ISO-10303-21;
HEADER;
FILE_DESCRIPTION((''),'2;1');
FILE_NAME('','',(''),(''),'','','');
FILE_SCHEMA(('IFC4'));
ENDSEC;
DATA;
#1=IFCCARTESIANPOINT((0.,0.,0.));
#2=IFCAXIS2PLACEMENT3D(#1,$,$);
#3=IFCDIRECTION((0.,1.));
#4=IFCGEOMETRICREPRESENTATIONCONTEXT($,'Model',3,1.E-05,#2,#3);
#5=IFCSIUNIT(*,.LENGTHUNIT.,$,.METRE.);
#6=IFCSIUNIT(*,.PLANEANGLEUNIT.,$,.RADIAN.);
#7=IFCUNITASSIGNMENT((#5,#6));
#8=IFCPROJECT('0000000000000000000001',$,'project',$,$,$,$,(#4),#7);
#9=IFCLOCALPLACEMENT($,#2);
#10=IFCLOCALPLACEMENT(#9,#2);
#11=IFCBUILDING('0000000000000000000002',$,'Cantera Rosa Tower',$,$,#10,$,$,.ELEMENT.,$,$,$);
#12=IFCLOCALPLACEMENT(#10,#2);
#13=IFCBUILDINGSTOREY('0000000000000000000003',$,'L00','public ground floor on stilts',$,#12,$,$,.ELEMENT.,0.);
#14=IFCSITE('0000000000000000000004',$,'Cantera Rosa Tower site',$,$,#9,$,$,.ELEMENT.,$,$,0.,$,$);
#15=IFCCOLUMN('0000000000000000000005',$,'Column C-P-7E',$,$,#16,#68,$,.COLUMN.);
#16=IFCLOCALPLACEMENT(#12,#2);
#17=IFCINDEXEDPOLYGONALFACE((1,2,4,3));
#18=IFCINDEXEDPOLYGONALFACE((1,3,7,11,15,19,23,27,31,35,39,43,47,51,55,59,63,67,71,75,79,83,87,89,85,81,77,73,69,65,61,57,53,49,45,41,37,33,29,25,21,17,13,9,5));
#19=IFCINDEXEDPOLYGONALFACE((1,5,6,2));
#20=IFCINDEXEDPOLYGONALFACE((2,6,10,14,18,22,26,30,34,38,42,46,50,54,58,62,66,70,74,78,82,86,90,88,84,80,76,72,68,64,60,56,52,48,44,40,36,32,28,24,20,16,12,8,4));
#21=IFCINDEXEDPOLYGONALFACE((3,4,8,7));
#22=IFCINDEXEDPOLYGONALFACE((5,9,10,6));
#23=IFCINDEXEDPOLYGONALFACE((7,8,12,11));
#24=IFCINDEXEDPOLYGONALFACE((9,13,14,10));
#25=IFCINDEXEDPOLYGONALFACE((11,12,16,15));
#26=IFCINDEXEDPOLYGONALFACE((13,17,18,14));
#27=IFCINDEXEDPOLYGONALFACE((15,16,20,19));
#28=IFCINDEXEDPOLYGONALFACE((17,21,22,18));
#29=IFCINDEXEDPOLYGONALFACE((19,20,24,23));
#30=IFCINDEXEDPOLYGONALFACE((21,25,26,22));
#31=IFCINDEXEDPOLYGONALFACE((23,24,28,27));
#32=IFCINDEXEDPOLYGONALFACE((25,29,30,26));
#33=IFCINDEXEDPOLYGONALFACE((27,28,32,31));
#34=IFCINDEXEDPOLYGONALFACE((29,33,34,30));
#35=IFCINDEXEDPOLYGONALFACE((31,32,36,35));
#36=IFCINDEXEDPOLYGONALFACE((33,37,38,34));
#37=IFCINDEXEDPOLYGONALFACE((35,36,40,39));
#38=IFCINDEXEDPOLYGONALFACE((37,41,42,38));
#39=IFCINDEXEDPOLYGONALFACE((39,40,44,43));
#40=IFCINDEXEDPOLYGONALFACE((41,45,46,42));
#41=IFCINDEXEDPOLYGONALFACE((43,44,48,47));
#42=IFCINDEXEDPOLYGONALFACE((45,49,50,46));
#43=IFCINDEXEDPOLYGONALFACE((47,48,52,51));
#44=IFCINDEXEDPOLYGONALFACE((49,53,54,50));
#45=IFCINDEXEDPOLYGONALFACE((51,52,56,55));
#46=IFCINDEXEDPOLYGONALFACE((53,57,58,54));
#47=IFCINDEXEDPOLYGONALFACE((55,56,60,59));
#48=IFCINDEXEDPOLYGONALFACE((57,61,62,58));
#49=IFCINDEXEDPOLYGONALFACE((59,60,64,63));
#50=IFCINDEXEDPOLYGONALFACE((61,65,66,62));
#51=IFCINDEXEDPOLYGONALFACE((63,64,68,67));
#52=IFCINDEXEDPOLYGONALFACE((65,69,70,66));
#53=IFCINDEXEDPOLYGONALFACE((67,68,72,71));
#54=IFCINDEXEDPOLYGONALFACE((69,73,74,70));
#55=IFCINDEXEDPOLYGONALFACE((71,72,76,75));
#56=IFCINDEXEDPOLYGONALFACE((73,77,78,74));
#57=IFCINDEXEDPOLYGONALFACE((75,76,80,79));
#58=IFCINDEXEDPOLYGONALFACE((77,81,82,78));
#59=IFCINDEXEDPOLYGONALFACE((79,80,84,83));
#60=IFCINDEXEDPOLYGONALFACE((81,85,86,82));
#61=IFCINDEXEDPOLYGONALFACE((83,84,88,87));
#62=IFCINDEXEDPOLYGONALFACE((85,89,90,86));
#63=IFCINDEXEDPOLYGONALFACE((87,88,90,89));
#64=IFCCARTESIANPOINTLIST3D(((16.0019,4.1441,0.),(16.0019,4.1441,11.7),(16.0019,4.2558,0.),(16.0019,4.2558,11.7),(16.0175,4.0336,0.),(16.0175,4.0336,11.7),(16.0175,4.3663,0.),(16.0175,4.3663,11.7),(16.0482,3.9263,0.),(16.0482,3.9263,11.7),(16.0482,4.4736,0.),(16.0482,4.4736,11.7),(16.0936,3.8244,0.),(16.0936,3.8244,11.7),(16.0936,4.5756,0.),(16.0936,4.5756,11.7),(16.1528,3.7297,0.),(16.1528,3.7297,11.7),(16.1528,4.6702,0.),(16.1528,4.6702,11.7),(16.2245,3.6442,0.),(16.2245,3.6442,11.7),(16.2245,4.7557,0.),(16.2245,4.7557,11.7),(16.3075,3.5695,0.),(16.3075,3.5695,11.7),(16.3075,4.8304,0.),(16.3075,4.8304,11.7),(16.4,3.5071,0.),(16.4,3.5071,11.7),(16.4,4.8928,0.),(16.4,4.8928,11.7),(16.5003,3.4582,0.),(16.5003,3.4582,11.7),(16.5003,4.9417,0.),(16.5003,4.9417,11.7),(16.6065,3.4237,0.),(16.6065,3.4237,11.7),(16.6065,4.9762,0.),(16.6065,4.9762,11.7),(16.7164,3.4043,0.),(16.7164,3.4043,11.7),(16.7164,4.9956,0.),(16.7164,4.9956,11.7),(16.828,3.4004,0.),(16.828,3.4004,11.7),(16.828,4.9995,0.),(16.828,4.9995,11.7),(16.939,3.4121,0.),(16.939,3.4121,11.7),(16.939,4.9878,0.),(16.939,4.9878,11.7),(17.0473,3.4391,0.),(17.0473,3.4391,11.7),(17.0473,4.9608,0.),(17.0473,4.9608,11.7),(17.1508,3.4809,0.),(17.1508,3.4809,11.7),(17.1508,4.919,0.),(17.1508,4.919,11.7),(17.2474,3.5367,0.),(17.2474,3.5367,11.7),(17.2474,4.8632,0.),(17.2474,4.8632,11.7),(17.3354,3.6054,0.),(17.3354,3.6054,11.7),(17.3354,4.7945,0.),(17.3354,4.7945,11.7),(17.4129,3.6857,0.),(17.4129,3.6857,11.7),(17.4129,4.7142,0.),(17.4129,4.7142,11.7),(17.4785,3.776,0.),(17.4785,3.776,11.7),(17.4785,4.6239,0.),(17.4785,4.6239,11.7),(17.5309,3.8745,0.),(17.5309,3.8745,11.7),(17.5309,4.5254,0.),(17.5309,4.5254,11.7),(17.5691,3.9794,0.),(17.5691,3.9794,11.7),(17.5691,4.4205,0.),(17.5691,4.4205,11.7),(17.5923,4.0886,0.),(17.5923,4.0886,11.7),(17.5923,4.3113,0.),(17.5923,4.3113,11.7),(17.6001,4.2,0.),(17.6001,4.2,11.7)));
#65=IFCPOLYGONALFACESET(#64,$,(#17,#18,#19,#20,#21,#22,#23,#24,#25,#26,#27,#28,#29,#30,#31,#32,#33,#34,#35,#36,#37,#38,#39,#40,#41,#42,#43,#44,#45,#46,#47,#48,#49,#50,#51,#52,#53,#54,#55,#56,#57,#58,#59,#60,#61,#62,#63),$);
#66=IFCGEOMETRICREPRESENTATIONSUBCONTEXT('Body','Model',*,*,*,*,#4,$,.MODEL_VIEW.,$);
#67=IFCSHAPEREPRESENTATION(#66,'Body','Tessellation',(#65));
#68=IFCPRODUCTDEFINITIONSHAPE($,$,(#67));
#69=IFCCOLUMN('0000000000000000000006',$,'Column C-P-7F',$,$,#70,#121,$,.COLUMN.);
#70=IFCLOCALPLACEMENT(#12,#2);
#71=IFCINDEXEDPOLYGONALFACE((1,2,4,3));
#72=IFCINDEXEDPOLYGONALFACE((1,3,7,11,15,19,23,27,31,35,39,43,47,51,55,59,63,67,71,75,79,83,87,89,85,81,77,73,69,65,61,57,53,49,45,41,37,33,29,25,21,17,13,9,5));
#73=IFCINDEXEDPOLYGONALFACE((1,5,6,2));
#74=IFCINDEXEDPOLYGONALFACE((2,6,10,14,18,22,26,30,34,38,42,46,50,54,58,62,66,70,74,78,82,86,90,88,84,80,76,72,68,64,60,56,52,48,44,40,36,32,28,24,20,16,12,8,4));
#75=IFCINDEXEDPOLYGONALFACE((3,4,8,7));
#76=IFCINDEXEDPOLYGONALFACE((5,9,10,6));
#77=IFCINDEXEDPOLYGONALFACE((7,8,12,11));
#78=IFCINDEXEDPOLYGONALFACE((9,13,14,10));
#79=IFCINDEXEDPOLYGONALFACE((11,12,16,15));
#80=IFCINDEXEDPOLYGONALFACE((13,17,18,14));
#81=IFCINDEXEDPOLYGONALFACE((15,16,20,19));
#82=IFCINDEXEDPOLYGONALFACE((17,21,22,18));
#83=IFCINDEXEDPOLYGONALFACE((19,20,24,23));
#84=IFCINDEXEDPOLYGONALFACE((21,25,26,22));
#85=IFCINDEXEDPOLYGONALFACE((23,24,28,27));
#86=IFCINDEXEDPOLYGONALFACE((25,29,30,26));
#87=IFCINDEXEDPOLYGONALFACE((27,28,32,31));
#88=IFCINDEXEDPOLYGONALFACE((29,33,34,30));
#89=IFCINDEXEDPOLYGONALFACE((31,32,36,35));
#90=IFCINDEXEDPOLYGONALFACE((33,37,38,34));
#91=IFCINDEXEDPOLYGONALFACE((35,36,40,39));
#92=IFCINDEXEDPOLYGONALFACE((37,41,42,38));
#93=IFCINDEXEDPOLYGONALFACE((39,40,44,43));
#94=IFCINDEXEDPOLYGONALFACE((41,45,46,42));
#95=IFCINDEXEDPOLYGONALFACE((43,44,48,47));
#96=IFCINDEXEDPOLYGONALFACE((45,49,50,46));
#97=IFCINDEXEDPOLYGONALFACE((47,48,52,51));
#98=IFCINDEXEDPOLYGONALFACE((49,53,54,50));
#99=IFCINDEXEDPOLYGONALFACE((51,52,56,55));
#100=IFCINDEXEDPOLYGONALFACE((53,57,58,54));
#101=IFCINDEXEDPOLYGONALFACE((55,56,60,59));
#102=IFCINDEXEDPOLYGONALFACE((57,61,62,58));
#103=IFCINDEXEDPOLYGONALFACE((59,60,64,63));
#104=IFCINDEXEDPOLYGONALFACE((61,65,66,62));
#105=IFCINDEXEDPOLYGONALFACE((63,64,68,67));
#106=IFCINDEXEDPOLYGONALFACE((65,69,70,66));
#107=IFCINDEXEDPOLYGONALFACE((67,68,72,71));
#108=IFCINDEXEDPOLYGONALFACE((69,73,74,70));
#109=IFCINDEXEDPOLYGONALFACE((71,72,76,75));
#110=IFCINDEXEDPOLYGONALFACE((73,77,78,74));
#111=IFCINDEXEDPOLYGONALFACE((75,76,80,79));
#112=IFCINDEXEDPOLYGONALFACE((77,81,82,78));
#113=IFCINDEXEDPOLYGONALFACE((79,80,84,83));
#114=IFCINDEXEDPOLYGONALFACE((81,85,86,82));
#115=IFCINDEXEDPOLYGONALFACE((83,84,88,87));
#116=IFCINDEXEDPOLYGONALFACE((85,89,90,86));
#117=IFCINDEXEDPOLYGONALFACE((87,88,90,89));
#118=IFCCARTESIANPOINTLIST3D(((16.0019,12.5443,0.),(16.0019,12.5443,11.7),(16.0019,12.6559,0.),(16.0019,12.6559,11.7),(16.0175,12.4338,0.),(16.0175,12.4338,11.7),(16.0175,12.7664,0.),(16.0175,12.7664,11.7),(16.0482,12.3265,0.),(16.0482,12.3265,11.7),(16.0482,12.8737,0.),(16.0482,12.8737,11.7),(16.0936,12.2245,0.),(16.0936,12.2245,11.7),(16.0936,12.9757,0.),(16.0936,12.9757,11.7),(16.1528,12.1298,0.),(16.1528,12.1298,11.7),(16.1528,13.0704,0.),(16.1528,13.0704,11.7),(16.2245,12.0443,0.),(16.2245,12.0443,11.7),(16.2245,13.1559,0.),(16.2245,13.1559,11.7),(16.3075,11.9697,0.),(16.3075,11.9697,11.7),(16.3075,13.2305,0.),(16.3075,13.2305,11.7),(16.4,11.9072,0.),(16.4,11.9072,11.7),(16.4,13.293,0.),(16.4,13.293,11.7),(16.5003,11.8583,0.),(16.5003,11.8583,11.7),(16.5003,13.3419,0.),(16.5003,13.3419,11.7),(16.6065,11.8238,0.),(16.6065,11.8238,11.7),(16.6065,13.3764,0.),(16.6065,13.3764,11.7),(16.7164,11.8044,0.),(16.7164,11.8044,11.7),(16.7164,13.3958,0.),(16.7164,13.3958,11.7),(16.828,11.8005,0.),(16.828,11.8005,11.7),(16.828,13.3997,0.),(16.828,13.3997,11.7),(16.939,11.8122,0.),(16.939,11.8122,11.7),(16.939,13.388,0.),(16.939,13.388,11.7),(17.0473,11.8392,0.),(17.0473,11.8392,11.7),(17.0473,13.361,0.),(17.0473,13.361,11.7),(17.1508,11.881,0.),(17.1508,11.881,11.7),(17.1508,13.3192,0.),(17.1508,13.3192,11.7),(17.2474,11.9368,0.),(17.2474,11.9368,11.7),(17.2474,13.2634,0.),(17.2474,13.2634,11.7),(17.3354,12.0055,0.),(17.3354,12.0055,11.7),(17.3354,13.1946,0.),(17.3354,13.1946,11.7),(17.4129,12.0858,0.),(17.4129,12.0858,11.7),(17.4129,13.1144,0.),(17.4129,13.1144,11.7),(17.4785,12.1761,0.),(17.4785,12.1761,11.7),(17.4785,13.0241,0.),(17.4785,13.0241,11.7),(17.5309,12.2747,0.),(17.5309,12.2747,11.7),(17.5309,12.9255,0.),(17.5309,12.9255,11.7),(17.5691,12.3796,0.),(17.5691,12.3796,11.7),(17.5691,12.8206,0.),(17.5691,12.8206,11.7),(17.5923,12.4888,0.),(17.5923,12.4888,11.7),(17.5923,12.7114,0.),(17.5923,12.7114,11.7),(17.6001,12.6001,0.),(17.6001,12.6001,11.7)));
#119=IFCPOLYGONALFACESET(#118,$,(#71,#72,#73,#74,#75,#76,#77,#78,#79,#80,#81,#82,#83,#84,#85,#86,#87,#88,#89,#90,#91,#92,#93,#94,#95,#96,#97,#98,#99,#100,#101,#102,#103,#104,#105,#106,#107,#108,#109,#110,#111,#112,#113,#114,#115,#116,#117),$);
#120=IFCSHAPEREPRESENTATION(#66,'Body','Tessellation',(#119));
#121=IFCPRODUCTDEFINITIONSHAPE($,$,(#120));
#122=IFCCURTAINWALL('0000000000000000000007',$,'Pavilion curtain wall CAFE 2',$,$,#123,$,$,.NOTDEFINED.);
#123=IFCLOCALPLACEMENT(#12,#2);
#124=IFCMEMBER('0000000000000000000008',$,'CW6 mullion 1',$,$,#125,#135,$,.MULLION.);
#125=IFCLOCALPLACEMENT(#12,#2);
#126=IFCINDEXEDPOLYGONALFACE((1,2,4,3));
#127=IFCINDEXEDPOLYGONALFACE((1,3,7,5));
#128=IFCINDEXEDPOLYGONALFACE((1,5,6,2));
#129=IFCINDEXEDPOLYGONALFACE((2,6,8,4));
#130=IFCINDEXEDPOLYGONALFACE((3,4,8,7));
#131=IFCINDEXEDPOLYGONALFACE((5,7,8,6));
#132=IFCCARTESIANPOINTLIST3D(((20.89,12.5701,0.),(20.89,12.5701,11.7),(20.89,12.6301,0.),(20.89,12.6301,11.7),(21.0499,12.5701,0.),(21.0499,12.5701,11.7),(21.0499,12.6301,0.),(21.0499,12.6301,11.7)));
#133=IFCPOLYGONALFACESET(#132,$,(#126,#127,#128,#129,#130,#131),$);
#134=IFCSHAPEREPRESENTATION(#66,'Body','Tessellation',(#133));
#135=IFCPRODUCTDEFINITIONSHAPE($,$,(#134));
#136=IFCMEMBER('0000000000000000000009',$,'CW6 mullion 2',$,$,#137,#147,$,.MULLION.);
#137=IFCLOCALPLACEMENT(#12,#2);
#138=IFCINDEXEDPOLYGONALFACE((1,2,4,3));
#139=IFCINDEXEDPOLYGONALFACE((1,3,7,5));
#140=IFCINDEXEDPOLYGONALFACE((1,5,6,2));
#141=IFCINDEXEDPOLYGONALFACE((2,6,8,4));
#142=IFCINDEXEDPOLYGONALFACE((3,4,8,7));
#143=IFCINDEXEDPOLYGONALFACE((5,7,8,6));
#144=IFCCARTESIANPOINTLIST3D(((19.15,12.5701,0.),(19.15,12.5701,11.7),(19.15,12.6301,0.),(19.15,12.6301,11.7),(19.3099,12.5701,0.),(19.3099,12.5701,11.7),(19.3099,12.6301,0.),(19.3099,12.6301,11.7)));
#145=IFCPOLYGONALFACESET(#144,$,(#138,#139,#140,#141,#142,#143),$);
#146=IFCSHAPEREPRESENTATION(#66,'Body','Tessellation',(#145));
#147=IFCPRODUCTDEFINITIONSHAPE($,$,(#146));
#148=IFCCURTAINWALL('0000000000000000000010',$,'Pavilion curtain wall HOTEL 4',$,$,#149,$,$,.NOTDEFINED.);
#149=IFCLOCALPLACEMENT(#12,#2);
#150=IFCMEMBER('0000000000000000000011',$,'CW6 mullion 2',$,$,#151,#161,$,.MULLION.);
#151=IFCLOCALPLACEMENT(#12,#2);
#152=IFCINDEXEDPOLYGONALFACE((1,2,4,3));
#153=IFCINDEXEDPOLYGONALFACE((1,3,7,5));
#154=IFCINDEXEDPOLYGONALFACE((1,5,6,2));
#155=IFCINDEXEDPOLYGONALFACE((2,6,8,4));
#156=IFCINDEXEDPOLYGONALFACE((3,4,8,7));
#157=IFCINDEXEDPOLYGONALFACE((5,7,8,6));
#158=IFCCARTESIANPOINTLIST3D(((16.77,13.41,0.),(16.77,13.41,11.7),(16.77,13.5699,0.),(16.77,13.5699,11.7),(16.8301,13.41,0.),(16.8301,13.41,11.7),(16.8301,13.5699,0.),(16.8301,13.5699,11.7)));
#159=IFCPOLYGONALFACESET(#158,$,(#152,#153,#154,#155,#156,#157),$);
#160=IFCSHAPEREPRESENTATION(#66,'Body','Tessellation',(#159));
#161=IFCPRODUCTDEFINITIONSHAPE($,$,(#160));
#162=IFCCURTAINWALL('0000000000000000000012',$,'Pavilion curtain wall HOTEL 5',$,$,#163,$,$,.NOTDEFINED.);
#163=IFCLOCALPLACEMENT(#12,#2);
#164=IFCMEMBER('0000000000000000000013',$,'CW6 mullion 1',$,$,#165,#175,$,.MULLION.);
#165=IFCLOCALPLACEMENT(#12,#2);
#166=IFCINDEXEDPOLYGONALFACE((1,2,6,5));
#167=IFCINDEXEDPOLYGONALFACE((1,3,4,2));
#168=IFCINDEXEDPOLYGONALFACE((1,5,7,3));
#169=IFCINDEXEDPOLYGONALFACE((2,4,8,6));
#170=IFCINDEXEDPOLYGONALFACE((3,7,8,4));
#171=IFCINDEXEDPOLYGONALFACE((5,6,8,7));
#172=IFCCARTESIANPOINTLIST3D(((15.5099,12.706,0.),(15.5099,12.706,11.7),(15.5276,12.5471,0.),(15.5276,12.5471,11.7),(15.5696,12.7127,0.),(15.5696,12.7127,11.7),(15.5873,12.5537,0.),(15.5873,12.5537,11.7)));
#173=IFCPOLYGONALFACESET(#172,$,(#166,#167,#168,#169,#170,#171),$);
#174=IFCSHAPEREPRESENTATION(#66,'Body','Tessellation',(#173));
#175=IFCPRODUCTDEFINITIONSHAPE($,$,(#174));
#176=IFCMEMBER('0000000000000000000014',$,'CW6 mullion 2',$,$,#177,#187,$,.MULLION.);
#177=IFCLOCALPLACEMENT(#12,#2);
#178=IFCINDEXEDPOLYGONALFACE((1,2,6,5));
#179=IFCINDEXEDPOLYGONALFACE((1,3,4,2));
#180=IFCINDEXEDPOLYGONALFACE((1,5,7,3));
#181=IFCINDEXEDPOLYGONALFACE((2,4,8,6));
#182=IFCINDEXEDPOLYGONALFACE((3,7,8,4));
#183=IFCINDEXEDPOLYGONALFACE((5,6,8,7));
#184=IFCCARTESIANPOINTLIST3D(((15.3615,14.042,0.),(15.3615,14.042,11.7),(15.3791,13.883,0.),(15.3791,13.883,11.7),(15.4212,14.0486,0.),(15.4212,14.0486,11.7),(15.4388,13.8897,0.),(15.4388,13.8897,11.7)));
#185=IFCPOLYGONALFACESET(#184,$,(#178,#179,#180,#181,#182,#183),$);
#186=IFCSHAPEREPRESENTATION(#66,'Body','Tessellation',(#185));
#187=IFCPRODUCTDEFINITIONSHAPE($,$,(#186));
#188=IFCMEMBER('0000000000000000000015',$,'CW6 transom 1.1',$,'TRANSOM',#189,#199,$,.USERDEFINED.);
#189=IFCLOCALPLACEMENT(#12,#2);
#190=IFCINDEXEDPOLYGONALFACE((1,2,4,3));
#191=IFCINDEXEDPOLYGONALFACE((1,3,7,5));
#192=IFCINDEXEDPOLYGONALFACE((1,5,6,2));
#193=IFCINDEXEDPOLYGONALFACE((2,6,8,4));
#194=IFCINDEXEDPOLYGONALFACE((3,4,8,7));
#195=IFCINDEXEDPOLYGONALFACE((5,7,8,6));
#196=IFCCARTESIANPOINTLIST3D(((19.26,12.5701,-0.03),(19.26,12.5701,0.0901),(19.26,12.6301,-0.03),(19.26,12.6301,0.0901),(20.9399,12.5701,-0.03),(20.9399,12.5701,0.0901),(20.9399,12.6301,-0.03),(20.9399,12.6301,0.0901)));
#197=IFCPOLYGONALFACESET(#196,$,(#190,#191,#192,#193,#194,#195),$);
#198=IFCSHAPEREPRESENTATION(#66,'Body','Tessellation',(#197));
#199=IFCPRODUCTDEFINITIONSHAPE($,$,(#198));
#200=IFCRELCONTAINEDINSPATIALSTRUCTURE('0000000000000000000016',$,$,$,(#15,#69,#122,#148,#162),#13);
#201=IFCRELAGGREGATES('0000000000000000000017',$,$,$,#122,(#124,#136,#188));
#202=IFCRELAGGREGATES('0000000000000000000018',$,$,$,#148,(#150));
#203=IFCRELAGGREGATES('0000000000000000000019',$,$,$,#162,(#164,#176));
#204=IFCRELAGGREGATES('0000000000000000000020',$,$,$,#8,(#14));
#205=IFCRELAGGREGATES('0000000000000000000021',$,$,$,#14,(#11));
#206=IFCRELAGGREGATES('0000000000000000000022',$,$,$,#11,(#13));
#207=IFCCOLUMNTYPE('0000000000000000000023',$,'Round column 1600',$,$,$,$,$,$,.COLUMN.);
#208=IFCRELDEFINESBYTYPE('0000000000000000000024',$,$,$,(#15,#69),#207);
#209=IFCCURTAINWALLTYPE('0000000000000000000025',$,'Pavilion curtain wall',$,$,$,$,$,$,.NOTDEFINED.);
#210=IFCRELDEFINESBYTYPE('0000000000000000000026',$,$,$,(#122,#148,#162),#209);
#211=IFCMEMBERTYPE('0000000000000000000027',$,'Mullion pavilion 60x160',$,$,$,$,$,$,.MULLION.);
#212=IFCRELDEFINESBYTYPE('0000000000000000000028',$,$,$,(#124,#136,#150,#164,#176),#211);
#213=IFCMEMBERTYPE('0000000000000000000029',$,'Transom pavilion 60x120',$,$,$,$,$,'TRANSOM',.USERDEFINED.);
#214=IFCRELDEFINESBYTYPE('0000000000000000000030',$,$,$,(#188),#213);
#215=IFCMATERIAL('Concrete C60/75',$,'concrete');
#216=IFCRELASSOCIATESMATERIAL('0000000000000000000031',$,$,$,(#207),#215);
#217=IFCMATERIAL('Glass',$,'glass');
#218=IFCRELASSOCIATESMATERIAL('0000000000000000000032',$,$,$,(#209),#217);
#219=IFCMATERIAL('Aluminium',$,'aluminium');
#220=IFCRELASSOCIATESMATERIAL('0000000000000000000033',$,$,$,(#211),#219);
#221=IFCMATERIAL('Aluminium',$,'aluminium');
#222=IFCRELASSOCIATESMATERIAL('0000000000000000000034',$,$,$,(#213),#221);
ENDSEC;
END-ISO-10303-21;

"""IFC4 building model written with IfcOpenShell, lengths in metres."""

from ifc_helpers import new_model, si_unit, direction, frame, origin, origin_2d, place, context, subcontext, project, spatial, rectangle, circle, extrude, material, material_profile, profile_set, type_object, element, aggregate, save


model = new_model("IFC4")

# Units and contexts
model_context = context("Model", 3, precision=1e-05, world=origin(), true_north=direction((0.0, 1.0)))
body_context = subcontext(model_context, "Body", "Model", "MODEL_VIEW")
ifc_project = project(units=[si_unit("LENGTHUNIT", "METRE"), si_unit("PLANEANGLEUNIT", "RADIAN")], contexts=[model_context])

# Site, building, storey
site_placement = place(None, origin())
site = spatial("IfcSite", under=ifc_project, at=site_placement, Name="Cantera Rosa Tower site", CompositionType="ELEMENT", RefElevation=0.0)
building_placement = place(site_placement, origin())
building = spatial("IfcBuilding", under=site, at=building_placement, Name="Cantera Rosa Tower", CompositionType="ELEMENT")
storey_placement = place(building_placement, origin())
storey = spatial("IfcBuildingStorey", under=building, at=storey_placement, Name="L00", Description="public ground floor on stilts", CompositionType="ELEMENT", Elevation=0.0)

# Columns
ifc_material_1 = material(Name="Concrete C60/75", Category="concrete")
ifc_material_profile_1 = material_profile(ifc_material_1, circle(Radius=0.8, at=origin_2d()), Name="Round column 1600")
ifc_profile_set_1 = profile_set([ifc_material_profile_1], Name="Concrete C60/75")
column_type = type_object("IfcColumnType", Name="Round column 1600", PredefinedType="COLUMN", material=ifc_profile_set_1)
for number, where, z_axis, x_axis, name in (
    (1, (16.8, 4.2, 0.0), (0.0, 0.0, 1.0), (1.0, 0.0, 0.0), "Column C-P-7E"),
    (2, (16.8, 12.6001, 0.0), (0.0, 0.0, 1.0), (1.0, 0.0, 0.0), "Column C-P-7F"),
):
    element("IfcColumn", number, at=place(storey_placement, frame(where, z_axis=z_axis, x_axis=x_axis)), inside=storey, type_object=column_type, Name=name, PredefinedType="COLUMN", context=body_context, shape_type="SweptSolid", body=[
        extrude(circle(Radius=0.8, at=origin_2d()), origin(), (0.0, 0.0, 1.0), 11.7),
    ])

# Curtain wall, members
ifc_material_2 = material(Name="Glass", Category="glass")
curtain_wall_type = type_object("IfcCurtainWallType", Name="Pavilion curtain wall", PredefinedType="NOTDEFINED", material=ifc_material_2)
curtain_wall_1_placement = place(storey_placement, origin())
curtain_wall_1 = element("IfcCurtainWall", 3, at=curtain_wall_1_placement, inside=storey, type_object=curtain_wall_type, Name="Pavilion curtain wall CAFE 2", PredefinedType="NOTDEFINED")
ifc_material_3 = material(Name="Aluminium", Category="aluminium")
ifc_material_profile_2 = material_profile(ifc_material_3, rectangle(XDim=0.0601, YDim=0.1599, at=origin_2d()), Name="Mullion pavilion 60x160")
ifc_profile_set_2 = profile_set([ifc_material_profile_2], Name="Aluminium")
member_type_1 = type_object("IfcMemberType", Name="Mullion pavilion 60x160", PredefinedType="MULLION", material=ifc_profile_set_2)
member_1_placement = place(storey_placement, frame((20.97, 12.6001, 0.0), z_axis=(0.0, 0.0, 1.0), x_axis=(0.0, -1.0, 0.0)))
member_1 = element("IfcMember", 4, at=member_1_placement, type_object=member_type_1, Name="CW6 mullion 1", PredefinedType="MULLION", context=body_context, shape_type="SweptSolid", body=[
    extrude(rectangle(XDim=0.0601, YDim=0.1599, at=origin_2d()), origin(), (0.0, 0.0, 1.0), 11.7),
])
member_2_placement = place(storey_placement, frame((19.23, 12.6001, 0.0), z_axis=(0.0, 0.0, 1.0), x_axis=(0.0, -1.0, 0.0)))
member_2 = element("IfcMember", 5, at=member_2_placement, type_object=member_type_1, Name="CW6 mullion 2", PredefinedType="MULLION", context=body_context, shape_type="SweptSolid", body=[
    extrude(rectangle(XDim=0.0601, YDim=0.1599, at=origin_2d()), origin(), (0.0, 0.0, 1.0), 11.7),
])

# Curtain wall, member
curtain_wall_2_placement = place(storey_placement, origin())
curtain_wall_2 = element("IfcCurtainWall", 6, at=curtain_wall_2_placement, inside=storey, type_object=curtain_wall_type, Name="Pavilion curtain wall HOTEL 4", PredefinedType="NOTDEFINED")
member_3_placement = place(storey_placement, frame((16.8, 13.49, 0.0), z_axis=(0.0, 0.0, 1.0), x_axis=(1.0, 0.0, 0.0)))
member_3 = element("IfcMember", 7, at=member_3_placement, type_object=member_type_1, Name="CW6 mullion 2", PredefinedType="MULLION", context=body_context, shape_type="SweptSolid", body=[
    extrude(rectangle(XDim=0.0601, YDim=0.1599, at=origin_2d()), origin(), (0.0, 0.0, 1.0), 11.7),
])

# Curtain wall, members
curtain_wall_3_placement = place(storey_placement, origin())
curtain_wall_3 = element("IfcCurtainWall", 8, at=curtain_wall_3_placement, inside=storey, type_object=curtain_wall_type, Name="Pavilion curtain wall HOTEL 5", PredefinedType="NOTDEFINED")
member_4_placement = place(storey_placement, frame((15.5486, 12.6299, 0.0), z_axis=(0.0, 0.0, 1.0), x_axis=(-0.993897, -0.110314, 0.0)))
member_4 = element("IfcMember", 9, at=member_4_placement, type_object=member_type_1, Name="CW6 mullion 1", PredefinedType="MULLION", context=body_context, shape_type="SweptSolid", body=[
    extrude(rectangle(XDim=0.0601, YDim=0.1599, at=origin_2d()), origin(), (0.0, 0.0, 1.0), 11.7),
])
member_5_placement = place(storey_placement, frame((15.4001, 13.9658, 0.0), z_axis=(0.0, 0.0, 1.0), x_axis=(-0.993897, -0.110314, 0.0)))
member_5 = element("IfcMember", 10, at=member_5_placement, type_object=member_type_1, Name="CW6 mullion 2", PredefinedType="MULLION", context=body_context, shape_type="SweptSolid", body=[
    extrude(rectangle(XDim=0.0601, YDim=0.1599, at=origin_2d()), origin(), (0.0, 0.0, 1.0), 11.7),
])

# Member
ifc_material_4 = material(Name="Aluminium", Category="aluminium")
ifc_material_profile_3 = material_profile(ifc_material_4, rectangle(XDim=0.0601, YDim=0.1201, at=origin_2d()), Name="Transom pavilion 60x120")
ifc_profile_set_3 = profile_set([ifc_material_profile_3], Name="Aluminium")
member_type_2 = type_object("IfcMemberType", Name="Transom pavilion 60x120", ElementType="TRANSOM", PredefinedType="USERDEFINED", material=ifc_profile_set_3)
member_6_placement = place(storey_placement, frame((20.9399, 12.6001, 0.03), z_axis=(-1.0, 0.0, 0.0), x_axis=(0.0, -1.0, 0.0)))
member_6 = element("IfcMember", 11, at=member_6_placement, type_object=member_type_2, Name="CW6 transom 1.1", ObjectType="TRANSOM", PredefinedType="USERDEFINED", context=body_context, shape_type="SweptSolid", body=[
    extrude(rectangle(XDim=0.0601, YDim=0.1201, at=origin_2d()), origin(), (0.0, 0.0, 1.0), 1.6799),
])

aggregate(curtain_wall_1, [member_1, member_2, member_6])
aggregate(curtain_wall_2, [member_3])
aggregate(curtain_wall_3, [member_4, member_5])

save(model, "model.ifc")
